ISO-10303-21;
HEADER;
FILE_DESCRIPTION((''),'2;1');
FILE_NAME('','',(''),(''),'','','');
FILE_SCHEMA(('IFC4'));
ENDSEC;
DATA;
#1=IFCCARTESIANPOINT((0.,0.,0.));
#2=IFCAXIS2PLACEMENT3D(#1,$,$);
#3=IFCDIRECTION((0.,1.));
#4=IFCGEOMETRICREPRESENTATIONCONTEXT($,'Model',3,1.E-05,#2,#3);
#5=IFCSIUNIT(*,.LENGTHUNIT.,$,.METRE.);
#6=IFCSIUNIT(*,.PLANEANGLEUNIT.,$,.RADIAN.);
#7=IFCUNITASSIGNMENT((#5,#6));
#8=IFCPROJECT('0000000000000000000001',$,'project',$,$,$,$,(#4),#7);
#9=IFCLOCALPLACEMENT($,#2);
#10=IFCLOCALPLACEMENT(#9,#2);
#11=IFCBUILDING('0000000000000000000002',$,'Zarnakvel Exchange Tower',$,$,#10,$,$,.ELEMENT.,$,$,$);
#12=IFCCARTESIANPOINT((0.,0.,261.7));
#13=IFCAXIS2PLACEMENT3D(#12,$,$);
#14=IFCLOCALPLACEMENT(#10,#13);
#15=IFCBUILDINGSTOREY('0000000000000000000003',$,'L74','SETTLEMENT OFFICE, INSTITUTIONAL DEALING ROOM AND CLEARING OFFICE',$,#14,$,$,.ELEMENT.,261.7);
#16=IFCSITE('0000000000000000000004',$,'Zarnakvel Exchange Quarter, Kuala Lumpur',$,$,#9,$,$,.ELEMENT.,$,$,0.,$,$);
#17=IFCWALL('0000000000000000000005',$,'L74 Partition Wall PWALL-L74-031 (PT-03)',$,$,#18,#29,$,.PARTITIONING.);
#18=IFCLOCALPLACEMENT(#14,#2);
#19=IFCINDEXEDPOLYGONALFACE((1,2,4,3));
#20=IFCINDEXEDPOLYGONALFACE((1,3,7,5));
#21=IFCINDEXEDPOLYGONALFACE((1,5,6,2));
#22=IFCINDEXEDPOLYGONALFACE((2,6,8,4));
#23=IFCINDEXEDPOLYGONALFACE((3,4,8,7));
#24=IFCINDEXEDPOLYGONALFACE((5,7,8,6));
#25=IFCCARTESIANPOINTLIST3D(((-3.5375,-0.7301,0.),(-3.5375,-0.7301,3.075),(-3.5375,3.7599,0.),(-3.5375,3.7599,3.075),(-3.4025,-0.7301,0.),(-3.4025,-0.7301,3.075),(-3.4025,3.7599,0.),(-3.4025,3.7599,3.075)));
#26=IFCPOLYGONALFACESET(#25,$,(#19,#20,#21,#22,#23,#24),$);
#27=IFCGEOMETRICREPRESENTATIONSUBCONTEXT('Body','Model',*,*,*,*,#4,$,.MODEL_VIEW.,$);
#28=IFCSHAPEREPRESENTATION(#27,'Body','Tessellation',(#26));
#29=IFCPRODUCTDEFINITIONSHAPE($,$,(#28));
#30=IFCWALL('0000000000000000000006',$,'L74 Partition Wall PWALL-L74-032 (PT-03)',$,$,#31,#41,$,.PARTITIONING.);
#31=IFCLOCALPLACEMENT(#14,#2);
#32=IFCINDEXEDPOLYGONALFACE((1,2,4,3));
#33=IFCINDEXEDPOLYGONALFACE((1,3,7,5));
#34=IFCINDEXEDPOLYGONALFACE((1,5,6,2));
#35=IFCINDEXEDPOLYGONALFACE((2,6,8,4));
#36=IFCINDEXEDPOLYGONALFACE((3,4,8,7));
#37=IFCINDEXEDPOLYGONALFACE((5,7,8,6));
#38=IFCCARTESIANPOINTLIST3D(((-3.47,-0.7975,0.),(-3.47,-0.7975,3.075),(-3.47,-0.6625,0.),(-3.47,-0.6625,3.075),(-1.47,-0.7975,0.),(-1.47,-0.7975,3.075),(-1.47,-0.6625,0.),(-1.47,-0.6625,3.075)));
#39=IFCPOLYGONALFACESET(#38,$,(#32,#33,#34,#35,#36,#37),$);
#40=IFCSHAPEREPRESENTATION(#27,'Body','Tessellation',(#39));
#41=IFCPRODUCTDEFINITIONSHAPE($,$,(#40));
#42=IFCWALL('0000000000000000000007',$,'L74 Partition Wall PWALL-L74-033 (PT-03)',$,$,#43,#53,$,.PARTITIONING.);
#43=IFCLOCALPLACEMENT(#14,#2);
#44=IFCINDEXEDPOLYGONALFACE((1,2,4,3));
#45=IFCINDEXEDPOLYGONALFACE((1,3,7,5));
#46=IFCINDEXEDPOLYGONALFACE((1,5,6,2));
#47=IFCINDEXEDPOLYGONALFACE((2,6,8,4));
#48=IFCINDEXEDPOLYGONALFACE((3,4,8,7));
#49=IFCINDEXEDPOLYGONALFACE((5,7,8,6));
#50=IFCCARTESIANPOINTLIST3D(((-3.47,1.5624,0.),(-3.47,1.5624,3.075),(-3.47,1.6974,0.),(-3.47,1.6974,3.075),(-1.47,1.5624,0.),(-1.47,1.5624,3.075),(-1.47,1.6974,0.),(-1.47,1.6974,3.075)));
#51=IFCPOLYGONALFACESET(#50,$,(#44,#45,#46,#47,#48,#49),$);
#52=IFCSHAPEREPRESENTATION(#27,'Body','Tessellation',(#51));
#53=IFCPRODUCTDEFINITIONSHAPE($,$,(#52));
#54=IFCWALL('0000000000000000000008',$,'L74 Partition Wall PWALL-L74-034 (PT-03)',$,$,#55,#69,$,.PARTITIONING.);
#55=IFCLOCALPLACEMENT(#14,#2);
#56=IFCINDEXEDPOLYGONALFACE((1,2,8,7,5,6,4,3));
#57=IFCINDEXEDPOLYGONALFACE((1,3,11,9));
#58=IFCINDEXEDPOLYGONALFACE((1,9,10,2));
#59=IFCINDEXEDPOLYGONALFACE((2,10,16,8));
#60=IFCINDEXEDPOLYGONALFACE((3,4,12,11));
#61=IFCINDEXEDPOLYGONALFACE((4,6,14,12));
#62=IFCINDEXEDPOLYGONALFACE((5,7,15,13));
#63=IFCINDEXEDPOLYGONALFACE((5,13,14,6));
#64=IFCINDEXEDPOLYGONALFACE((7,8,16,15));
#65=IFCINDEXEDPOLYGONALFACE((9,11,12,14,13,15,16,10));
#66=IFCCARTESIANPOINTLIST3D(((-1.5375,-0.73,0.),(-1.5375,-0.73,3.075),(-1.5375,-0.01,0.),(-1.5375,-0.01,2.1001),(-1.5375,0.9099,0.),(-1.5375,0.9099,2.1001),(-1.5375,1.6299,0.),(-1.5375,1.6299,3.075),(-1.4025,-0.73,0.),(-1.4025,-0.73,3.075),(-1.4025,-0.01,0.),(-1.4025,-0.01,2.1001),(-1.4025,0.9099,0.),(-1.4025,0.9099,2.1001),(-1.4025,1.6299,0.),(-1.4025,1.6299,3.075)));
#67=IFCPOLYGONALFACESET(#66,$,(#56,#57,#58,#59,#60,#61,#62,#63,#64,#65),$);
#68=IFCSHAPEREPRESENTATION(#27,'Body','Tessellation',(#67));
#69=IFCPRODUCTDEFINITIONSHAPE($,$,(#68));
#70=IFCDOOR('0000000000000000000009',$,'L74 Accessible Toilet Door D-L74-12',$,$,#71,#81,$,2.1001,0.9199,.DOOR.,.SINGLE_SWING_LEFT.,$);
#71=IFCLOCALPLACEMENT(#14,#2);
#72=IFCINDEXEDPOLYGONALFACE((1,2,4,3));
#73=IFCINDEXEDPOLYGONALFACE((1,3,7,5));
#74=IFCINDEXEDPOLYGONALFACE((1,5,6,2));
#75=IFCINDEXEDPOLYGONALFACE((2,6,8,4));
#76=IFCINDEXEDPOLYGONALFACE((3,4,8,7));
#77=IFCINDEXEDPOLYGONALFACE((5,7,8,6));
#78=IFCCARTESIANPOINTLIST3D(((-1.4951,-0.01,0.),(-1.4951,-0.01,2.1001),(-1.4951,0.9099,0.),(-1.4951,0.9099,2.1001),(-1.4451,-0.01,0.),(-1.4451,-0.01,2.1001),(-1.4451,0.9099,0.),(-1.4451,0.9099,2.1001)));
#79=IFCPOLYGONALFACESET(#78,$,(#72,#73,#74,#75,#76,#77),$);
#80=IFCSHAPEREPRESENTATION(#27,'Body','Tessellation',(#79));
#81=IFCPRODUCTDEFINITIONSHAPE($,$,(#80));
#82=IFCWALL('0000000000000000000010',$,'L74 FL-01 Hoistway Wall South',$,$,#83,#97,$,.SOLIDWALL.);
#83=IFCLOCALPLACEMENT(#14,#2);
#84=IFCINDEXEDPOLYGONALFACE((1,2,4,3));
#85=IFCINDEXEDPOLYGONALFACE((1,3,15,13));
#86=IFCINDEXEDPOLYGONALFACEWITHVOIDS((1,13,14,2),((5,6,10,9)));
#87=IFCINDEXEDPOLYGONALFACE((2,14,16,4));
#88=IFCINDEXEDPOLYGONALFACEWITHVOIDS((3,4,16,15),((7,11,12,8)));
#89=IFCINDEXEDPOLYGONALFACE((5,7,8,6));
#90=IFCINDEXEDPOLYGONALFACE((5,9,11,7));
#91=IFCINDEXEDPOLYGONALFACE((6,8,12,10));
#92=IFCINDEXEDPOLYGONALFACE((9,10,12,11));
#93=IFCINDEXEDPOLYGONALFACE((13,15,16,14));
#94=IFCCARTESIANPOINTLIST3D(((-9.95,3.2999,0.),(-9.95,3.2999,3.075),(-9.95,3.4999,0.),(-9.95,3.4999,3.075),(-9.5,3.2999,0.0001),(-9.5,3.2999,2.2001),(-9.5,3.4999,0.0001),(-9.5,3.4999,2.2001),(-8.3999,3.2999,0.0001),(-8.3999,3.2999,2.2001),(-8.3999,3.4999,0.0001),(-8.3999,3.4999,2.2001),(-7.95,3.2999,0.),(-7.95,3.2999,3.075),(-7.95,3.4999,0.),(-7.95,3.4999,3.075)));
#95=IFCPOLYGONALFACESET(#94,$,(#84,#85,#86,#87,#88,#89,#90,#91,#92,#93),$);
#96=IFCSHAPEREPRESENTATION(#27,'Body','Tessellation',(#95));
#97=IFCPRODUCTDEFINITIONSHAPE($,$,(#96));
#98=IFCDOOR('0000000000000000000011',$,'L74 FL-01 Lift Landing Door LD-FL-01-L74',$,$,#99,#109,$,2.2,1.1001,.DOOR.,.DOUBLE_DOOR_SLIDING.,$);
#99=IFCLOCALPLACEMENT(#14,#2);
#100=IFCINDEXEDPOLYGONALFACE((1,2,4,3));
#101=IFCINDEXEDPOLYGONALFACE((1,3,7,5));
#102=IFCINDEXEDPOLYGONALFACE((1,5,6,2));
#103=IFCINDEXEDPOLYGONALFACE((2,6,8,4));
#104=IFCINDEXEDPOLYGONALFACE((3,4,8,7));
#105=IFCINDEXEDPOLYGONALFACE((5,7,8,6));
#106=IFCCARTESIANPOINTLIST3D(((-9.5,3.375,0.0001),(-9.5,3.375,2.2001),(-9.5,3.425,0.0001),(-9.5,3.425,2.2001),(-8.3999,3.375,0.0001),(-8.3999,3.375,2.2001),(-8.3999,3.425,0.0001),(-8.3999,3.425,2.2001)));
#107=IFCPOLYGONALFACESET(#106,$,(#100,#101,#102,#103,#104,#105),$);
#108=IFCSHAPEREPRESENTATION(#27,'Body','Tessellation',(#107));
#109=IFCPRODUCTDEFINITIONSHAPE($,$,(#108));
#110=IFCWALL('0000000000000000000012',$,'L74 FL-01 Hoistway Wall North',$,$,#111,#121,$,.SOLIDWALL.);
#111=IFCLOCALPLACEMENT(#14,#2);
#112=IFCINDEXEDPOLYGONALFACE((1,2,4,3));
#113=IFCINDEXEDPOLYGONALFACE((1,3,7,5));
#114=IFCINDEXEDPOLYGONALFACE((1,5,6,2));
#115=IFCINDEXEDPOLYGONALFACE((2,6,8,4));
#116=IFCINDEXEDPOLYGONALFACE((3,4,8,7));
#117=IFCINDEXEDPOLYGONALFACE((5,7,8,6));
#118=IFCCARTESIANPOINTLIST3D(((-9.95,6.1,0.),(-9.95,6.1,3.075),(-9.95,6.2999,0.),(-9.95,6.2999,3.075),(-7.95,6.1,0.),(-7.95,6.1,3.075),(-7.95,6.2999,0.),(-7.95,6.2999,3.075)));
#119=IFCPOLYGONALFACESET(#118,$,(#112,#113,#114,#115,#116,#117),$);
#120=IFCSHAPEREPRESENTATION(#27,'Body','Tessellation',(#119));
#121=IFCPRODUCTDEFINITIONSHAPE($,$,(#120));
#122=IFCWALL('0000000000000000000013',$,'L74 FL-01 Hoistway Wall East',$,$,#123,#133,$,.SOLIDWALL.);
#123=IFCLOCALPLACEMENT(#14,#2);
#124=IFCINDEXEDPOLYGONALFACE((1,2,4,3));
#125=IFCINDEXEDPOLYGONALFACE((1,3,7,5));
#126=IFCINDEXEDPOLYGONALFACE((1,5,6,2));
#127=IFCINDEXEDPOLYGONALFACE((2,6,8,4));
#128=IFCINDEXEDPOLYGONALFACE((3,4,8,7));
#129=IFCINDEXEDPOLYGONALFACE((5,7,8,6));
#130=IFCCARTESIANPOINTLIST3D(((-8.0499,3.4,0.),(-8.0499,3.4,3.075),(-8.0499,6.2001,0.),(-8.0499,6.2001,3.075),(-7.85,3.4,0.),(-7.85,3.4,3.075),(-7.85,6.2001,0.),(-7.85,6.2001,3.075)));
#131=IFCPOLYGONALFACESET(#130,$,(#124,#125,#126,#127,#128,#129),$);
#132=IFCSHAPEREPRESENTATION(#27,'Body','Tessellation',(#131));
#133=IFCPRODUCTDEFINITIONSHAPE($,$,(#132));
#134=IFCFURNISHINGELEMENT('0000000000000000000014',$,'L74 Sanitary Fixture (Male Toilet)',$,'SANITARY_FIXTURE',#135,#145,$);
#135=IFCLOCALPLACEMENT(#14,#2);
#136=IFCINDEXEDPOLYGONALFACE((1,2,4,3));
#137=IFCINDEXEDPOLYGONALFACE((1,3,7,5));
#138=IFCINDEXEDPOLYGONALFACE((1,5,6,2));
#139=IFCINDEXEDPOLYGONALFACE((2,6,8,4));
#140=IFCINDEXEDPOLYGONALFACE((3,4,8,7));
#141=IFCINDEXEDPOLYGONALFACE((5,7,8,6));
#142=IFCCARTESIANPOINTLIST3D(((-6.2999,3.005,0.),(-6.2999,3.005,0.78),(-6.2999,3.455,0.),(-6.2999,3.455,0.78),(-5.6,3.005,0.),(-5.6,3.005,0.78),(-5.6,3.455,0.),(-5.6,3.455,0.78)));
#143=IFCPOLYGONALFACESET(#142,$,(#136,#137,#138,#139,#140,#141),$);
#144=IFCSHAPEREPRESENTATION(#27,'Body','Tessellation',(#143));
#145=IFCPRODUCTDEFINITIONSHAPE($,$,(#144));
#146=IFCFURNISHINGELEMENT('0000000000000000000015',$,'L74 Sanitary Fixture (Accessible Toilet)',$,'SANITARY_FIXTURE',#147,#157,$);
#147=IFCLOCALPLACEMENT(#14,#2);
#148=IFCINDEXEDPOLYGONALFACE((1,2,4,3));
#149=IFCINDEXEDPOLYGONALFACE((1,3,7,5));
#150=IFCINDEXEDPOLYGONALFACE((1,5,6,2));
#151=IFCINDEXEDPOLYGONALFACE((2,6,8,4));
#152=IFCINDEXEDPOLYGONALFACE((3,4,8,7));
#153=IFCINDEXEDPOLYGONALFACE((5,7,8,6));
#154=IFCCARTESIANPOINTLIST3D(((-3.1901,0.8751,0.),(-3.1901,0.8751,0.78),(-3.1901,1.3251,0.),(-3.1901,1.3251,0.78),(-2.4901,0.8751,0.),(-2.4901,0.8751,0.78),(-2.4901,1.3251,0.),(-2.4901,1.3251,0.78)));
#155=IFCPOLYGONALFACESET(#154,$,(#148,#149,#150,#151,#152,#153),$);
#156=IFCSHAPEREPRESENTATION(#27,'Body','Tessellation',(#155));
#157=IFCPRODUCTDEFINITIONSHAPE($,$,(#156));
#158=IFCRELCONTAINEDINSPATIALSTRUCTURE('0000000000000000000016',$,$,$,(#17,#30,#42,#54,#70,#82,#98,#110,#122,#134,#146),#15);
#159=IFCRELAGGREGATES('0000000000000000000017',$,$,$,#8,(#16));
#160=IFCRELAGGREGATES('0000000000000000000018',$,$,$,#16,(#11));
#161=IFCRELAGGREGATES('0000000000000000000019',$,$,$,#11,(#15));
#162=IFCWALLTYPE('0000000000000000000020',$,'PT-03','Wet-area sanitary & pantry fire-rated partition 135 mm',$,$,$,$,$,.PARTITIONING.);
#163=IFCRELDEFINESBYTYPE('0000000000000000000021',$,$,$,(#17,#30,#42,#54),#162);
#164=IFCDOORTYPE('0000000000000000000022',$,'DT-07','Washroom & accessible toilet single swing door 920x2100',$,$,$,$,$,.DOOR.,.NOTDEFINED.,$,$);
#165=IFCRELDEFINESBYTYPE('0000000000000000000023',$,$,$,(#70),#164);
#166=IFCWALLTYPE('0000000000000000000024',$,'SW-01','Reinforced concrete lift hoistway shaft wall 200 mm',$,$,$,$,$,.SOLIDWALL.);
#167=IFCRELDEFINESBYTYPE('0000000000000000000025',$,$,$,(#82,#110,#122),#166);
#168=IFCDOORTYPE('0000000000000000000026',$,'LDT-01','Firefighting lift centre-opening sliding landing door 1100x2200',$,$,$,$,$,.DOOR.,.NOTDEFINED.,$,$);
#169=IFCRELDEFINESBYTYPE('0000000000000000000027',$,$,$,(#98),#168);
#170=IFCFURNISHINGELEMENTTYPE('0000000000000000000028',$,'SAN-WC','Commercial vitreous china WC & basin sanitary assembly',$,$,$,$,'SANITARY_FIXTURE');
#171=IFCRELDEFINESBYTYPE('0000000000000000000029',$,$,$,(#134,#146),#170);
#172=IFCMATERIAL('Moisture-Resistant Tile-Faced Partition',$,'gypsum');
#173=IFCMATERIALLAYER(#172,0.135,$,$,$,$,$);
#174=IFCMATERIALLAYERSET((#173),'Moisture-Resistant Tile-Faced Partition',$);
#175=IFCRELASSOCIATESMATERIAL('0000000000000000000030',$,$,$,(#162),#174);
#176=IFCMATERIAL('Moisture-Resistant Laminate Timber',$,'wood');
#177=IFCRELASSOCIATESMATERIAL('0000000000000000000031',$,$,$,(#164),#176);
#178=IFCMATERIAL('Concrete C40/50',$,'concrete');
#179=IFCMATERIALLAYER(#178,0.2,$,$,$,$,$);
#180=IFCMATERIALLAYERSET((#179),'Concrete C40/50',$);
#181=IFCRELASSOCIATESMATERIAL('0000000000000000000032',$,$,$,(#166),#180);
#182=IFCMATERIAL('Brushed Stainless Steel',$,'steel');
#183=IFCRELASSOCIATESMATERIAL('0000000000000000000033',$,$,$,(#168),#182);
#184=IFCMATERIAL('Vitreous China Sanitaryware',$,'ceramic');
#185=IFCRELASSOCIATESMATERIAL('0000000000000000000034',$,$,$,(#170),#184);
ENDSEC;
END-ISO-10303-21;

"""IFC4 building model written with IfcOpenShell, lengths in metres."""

from ifc_helpers import new_model, si_unit, direction, frame, frame_2d, origin, origin_2d, place, context, subcontext, project, spatial, rectangle, extrude, source, transform, mapped, material, layer, layer_set, type_object, element, fill, save


model = new_model("IFC4")

# Units and contexts
model_context = context("Model", 3, precision=1e-05, world=origin(), true_north=direction((0.0, 1.0)))
body_context = subcontext(model_context, "Body", "Model", "MODEL_VIEW")
ifc_project = project(units=[si_unit("LENGTHUNIT", "METRE"), si_unit("PLANEANGLEUNIT", "RADIAN")], contexts=[model_context])

# Site, building, storey
site_placement = place(None, origin())
site = spatial("IfcSite", under=ifc_project, at=site_placement, Name="Zarnakvel Exchange Quarter, Kuala Lumpur", CompositionType="ELEMENT", RefElevation=0.0)
building_placement = place(site_placement, origin())
building = spatial("IfcBuilding", under=site, at=building_placement, Name="Zarnakvel Exchange Tower", CompositionType="ELEMENT")
storey_placement = place(building_placement, frame((0.0, 0.0, 261.7)))
storey = spatial("IfcBuildingStorey", under=building, at=storey_placement, Name="L74", Description="SETTLEMENT OFFICE, INSTITUTIONAL DEALING ROOM AND CLEARING OFFICE", CompositionType="ELEMENT", Elevation=261.7)

# Shared definitions
ifc_material_1 = material(Name="Concrete C40/50", Category="concrete")

# Shared definitions
ifc_material_2 = material(Name="Moisture-Resistant Tile-Faced Partition", Category="gypsum")
ifc_layer_1 = layer(ifc_material_2, 0.135)
ifc_layer_set_1 = layer_set([ifc_layer_1], Name="Moisture-Resistant Tile-Faced Partition")
wall_type_1 = type_object("IfcWallType", Name="PT-03", Description="Wet-area sanitary & pantry fire-rated partition 135 mm", PredefinedType="PARTITIONING", material=ifc_layer_set_1)
ifc_material_3 = material(Name="Moisture-Resistant Laminate Timber", Category="wood")
door_type_1 = type_object("IfcDoorType", Name="DT-07", Description="Washroom & accessible toilet single swing door 920x2100", OperationType="NOTDEFINED", PredefinedType="DOOR", material=ifc_material_3)
shared_shape_1 = source(origin(), body_context, "Body", "SweptSolid", [
    extrude(rectangle(XDim=0.9199, YDim=2.1001, at=frame_2d((0.46, 1.05))), frame((0.0, 0.0249, 0.0), z_axis=(0.0, -1.0, 0.0), x_axis=(1.0, 0.0, 0.0)), (0.0, 0.0, 1.0), 0.05),
])

# Walls
for number, where, z_axis, x_axis, name in (
    (1, (-3.47, 3.76, 0.0), (0.0, 0.0, 1.0), (0.0, -1.0, 0.0), "L74 Partition Wall PWALL-L74-031 (PT-03)"),
):
    element("IfcWall", number, at=place(storey_placement, frame(where, z_axis=z_axis, x_axis=x_axis)), inside=storey, type_object=wall_type_1, Name=name, PredefinedType="PARTITIONING", context=body_context, shape_type="SweptSolid", body=[
        extrude(rectangle(XDim=4.49, YDim=0.135, at=frame_2d((2.2451, 0.0))), origin(), (0.0, 0.0, 1.0), 3.075),
    ])
for number, where, z_axis, x_axis, name in (
    (2, (-1.47, -0.73, 0.0), (0.0, 0.0, 1.0), (-1.0, 0.0, 0.0), "L74 Partition Wall PWALL-L74-032 (PT-03)"),
    (3, (-3.47, 1.6299, 0.0), (0.0, 0.0, 1.0), (1.0, 0.0, 0.0), "L74 Partition Wall PWALL-L74-033 (PT-03)"),
):
    element("IfcWall", number, at=place(storey_placement, frame(where, z_axis=z_axis, x_axis=x_axis)), inside=storey, type_object=wall_type_1, Name=name, PredefinedType="PARTITIONING", context=body_context, shape_type="SweptSolid", body=[
        extrude(rectangle(XDim=2.0, YDim=0.135, at=frame_2d((1.0, 0.0))), origin(), (0.0, 0.0, 1.0), 3.075),
    ])

# Walls, openings, doors
wall_1_placement = place(storey_placement, frame((-1.47, 1.6299, 0.0), z_axis=(0.0, 0.0, 1.0), x_axis=(0.0, -1.0, 0.0)))
wall_1 = element("IfcWall", 4, at=wall_1_placement, inside=storey, type_object=wall_type_1, Name="L74 Partition Wall PWALL-L74-034 (PT-03)", PredefinedType="PARTITIONING", context=body_context, shape_type="SweptSolid", body=[
    extrude(rectangle(XDim=2.3599, YDim=0.135, at=frame_2d((1.1799, 0.0))), origin(), (0.0, 0.0, 1.0), 3.075),
])
opening_1_placement = place(wall_1_placement, frame((0.72, 0.0, 0.0)))
opening_1 = element("IfcOpeningElement", 5, at=opening_1_placement, cuts=wall_1, PredefinedType="OPENING", context=body_context, shape_type="SweptSolid", body=[
    extrude(rectangle(XDim=0.9199, YDim=2.1001, at=frame_2d((0.46, 1.05))), frame((0.0, 0.0774, 0.0), z_axis=(0.0, -1.0, 0.0), x_axis=(1.0, 0.0, 0.0)), (0.0, 0.0, 1.0), 0.155),
])
door_1_placement = place(opening_1_placement, origin())
door_1 = element("IfcDoor", 6, at=door_1_placement, inside=storey, type_object=door_type_1, Name="L74 Accessible Toilet Door D-L74-12", OperationType="SINGLE_SWING_LEFT", OverallHeight=2.1001, OverallWidth=0.9199, PredefinedType="DOOR", context=body_context, shape_type="MappedRepresentation", body=[
    mapped(shared_shape_1, transform((0.0, 0.0, 0.0), x_axis=(1.0, 0.0, 0.0), y_axis=(0.0, 1.0, 0.0), z_axis=(0.0, 0.0, 1.0), scale=1.0)),
])
fill(opening_1, door_1)
ifc_layer_2 = layer(ifc_material_1, 0.2)
ifc_layer_set_2 = layer_set([ifc_layer_2], Name="Concrete C40/50")
wall_type_2 = type_object("IfcWallType", Name="SW-01", Description="Reinforced concrete lift hoistway shaft wall 200 mm", PredefinedType="SOLIDWALL", material=ifc_layer_set_2)
wall_2_placement = place(storey_placement, frame((-7.95, 3.3999, 0.0), z_axis=(0.0, 0.0, 1.0), x_axis=(-1.0, 0.0, 0.0)))
wall_2 = element("IfcWall", 7, at=wall_2_placement, inside=storey, type_object=wall_type_2, Name="L74 FL-01 Hoistway Wall South", PredefinedType="SOLIDWALL", context=body_context, shape_type="SweptSolid", body=[
    extrude(rectangle(XDim=2.0, YDim=0.2, at=frame_2d((1.0, 0.0))), origin(), (0.0, 0.0, 1.0), 3.075),
])
opening_2_placement = place(wall_2_placement, frame((0.45, 0.0, 0.0)))
opening_2 = element("IfcOpeningElement", 8, at=opening_2_placement, cuts=wall_2, PredefinedType="OPENING", context=body_context, shape_type="SweptSolid", body=[
    extrude(rectangle(XDim=1.1001, YDim=2.2, at=frame_2d((0.55, 1.1001))), frame((0.0, 0.1099, 0.0), z_axis=(0.0, -1.0, 0.0), x_axis=(1.0, 0.0, 0.0)), (0.0, 0.0, 1.0), 0.22),
])
ifc_material_4 = material(Name="Brushed Stainless Steel", Category="steel")
door_type_2 = type_object("IfcDoorType", Name="LDT-01", Description="Firefighting lift centre-opening sliding landing door 1100x2200", OperationType="NOTDEFINED", PredefinedType="DOOR", material=ifc_material_4)
shared_shape_2 = source(origin(), body_context, "Body", "SweptSolid", [
    extrude(rectangle(XDim=1.1001, YDim=2.2, at=frame_2d((0.55, 1.1001))), frame((0.0, 0.0249, 0.0), z_axis=(0.0, -1.0, 0.0), x_axis=(1.0, 0.0, 0.0)), (0.0, 0.0, 1.0), 0.05),
])
door_2_placement = place(opening_2_placement, origin())
door_2 = element("IfcDoor", 9, at=door_2_placement, inside=storey, type_object=door_type_2, Name="L74 FL-01 Lift Landing Door LD-FL-01-L74", OperationType="DOUBLE_DOOR_SLIDING", OverallHeight=2.2, OverallWidth=1.1001, PredefinedType="DOOR", context=body_context, shape_type="MappedRepresentation", body=[
    mapped(shared_shape_2, transform((0.0, 0.0, 0.0), x_axis=(1.0, 0.0, 0.0), y_axis=(0.0, 1.0, 0.0), z_axis=(0.0, 0.0, 1.0), scale=1.0)),
])
fill(opening_2, door_2)

# Walls
wall_3_placement = place(storey_placement, frame((-9.95, 6.2, 0.0), z_axis=(0.0, 0.0, 1.0), x_axis=(1.0, 0.0, 0.0)))
element("IfcWall", 10, at=wall_3_placement, inside=storey, type_object=wall_type_2, Name="L74 FL-01 Hoistway Wall North", PredefinedType="SOLIDWALL", context=body_context, shape_type="SweptSolid", body=[
    extrude(rectangle(XDim=2.0, YDim=0.2, at=frame_2d((1.0, 0.0))), origin(), (0.0, 0.0, 1.0), 3.075),
])
wall_4_placement = place(storey_placement, frame((-7.95, 6.2, 0.0), z_axis=(0.0, 0.0, 1.0), x_axis=(0.0, -1.0, 0.0)))
element("IfcWall", 11, at=wall_4_placement, inside=storey, type_object=wall_type_2, Name="L74 FL-01 Hoistway Wall East", PredefinedType="SOLIDWALL", context=body_context, shape_type="SweptSolid", body=[
    extrude(rectangle(XDim=2.8, YDim=0.2, at=frame_2d((1.3999, 0.0))), origin(), (0.0, 0.0, 1.0), 3.075),
])

# Furnishing elements
ifc_material_5 = material(Name="Vitreous China Sanitaryware", Category="ceramic")
furnishing_element_type = type_object("IfcFurnishingElementType", Name="SAN-WC", Description="Commercial vitreous china WC & basin sanitary assembly", ElementType="SANITARY_FIXTURE", material=ifc_material_5)
shared_shape_3 = source(origin(), body_context, "Body", "SweptSolid", [
    extrude(rectangle(XDim=0.7, YDim=0.45, at=origin_2d()), origin(), (0.0, 0.0, 1.0), 0.78),
])
for number, where, z_axis, x_axis, name in (
    (12, (-5.95, 3.23, 0.0), (0.0, 0.0, 1.0), (1.0, 0.0, 0.0), "L74 Sanitary Fixture (Male Toilet)"),
    (13, (-2.8401, 1.1001, 0.0), (0.0, 0.0, 1.0), (1.0, 0.0, 0.0), "L74 Sanitary Fixture (Accessible Toilet)"),
):
    element("IfcFurnishingElement", number, at=place(storey_placement, frame(where, z_axis=z_axis, x_axis=x_axis)), inside=storey, type_object=furnishing_element_type, Name=name, ObjectType="SANITARY_FIXTURE", context=body_context, shape_type="MappedRepresentation", body=[
        mapped(shared_shape_3, transform((0.0, 0.0, 0.0), x_axis=(1.0, 0.0, 0.0), y_axis=(0.0, 1.0, 0.0), z_axis=(0.0, 0.0, 1.0), scale=1.0)),
    ])

save(model, "model.ifc")
